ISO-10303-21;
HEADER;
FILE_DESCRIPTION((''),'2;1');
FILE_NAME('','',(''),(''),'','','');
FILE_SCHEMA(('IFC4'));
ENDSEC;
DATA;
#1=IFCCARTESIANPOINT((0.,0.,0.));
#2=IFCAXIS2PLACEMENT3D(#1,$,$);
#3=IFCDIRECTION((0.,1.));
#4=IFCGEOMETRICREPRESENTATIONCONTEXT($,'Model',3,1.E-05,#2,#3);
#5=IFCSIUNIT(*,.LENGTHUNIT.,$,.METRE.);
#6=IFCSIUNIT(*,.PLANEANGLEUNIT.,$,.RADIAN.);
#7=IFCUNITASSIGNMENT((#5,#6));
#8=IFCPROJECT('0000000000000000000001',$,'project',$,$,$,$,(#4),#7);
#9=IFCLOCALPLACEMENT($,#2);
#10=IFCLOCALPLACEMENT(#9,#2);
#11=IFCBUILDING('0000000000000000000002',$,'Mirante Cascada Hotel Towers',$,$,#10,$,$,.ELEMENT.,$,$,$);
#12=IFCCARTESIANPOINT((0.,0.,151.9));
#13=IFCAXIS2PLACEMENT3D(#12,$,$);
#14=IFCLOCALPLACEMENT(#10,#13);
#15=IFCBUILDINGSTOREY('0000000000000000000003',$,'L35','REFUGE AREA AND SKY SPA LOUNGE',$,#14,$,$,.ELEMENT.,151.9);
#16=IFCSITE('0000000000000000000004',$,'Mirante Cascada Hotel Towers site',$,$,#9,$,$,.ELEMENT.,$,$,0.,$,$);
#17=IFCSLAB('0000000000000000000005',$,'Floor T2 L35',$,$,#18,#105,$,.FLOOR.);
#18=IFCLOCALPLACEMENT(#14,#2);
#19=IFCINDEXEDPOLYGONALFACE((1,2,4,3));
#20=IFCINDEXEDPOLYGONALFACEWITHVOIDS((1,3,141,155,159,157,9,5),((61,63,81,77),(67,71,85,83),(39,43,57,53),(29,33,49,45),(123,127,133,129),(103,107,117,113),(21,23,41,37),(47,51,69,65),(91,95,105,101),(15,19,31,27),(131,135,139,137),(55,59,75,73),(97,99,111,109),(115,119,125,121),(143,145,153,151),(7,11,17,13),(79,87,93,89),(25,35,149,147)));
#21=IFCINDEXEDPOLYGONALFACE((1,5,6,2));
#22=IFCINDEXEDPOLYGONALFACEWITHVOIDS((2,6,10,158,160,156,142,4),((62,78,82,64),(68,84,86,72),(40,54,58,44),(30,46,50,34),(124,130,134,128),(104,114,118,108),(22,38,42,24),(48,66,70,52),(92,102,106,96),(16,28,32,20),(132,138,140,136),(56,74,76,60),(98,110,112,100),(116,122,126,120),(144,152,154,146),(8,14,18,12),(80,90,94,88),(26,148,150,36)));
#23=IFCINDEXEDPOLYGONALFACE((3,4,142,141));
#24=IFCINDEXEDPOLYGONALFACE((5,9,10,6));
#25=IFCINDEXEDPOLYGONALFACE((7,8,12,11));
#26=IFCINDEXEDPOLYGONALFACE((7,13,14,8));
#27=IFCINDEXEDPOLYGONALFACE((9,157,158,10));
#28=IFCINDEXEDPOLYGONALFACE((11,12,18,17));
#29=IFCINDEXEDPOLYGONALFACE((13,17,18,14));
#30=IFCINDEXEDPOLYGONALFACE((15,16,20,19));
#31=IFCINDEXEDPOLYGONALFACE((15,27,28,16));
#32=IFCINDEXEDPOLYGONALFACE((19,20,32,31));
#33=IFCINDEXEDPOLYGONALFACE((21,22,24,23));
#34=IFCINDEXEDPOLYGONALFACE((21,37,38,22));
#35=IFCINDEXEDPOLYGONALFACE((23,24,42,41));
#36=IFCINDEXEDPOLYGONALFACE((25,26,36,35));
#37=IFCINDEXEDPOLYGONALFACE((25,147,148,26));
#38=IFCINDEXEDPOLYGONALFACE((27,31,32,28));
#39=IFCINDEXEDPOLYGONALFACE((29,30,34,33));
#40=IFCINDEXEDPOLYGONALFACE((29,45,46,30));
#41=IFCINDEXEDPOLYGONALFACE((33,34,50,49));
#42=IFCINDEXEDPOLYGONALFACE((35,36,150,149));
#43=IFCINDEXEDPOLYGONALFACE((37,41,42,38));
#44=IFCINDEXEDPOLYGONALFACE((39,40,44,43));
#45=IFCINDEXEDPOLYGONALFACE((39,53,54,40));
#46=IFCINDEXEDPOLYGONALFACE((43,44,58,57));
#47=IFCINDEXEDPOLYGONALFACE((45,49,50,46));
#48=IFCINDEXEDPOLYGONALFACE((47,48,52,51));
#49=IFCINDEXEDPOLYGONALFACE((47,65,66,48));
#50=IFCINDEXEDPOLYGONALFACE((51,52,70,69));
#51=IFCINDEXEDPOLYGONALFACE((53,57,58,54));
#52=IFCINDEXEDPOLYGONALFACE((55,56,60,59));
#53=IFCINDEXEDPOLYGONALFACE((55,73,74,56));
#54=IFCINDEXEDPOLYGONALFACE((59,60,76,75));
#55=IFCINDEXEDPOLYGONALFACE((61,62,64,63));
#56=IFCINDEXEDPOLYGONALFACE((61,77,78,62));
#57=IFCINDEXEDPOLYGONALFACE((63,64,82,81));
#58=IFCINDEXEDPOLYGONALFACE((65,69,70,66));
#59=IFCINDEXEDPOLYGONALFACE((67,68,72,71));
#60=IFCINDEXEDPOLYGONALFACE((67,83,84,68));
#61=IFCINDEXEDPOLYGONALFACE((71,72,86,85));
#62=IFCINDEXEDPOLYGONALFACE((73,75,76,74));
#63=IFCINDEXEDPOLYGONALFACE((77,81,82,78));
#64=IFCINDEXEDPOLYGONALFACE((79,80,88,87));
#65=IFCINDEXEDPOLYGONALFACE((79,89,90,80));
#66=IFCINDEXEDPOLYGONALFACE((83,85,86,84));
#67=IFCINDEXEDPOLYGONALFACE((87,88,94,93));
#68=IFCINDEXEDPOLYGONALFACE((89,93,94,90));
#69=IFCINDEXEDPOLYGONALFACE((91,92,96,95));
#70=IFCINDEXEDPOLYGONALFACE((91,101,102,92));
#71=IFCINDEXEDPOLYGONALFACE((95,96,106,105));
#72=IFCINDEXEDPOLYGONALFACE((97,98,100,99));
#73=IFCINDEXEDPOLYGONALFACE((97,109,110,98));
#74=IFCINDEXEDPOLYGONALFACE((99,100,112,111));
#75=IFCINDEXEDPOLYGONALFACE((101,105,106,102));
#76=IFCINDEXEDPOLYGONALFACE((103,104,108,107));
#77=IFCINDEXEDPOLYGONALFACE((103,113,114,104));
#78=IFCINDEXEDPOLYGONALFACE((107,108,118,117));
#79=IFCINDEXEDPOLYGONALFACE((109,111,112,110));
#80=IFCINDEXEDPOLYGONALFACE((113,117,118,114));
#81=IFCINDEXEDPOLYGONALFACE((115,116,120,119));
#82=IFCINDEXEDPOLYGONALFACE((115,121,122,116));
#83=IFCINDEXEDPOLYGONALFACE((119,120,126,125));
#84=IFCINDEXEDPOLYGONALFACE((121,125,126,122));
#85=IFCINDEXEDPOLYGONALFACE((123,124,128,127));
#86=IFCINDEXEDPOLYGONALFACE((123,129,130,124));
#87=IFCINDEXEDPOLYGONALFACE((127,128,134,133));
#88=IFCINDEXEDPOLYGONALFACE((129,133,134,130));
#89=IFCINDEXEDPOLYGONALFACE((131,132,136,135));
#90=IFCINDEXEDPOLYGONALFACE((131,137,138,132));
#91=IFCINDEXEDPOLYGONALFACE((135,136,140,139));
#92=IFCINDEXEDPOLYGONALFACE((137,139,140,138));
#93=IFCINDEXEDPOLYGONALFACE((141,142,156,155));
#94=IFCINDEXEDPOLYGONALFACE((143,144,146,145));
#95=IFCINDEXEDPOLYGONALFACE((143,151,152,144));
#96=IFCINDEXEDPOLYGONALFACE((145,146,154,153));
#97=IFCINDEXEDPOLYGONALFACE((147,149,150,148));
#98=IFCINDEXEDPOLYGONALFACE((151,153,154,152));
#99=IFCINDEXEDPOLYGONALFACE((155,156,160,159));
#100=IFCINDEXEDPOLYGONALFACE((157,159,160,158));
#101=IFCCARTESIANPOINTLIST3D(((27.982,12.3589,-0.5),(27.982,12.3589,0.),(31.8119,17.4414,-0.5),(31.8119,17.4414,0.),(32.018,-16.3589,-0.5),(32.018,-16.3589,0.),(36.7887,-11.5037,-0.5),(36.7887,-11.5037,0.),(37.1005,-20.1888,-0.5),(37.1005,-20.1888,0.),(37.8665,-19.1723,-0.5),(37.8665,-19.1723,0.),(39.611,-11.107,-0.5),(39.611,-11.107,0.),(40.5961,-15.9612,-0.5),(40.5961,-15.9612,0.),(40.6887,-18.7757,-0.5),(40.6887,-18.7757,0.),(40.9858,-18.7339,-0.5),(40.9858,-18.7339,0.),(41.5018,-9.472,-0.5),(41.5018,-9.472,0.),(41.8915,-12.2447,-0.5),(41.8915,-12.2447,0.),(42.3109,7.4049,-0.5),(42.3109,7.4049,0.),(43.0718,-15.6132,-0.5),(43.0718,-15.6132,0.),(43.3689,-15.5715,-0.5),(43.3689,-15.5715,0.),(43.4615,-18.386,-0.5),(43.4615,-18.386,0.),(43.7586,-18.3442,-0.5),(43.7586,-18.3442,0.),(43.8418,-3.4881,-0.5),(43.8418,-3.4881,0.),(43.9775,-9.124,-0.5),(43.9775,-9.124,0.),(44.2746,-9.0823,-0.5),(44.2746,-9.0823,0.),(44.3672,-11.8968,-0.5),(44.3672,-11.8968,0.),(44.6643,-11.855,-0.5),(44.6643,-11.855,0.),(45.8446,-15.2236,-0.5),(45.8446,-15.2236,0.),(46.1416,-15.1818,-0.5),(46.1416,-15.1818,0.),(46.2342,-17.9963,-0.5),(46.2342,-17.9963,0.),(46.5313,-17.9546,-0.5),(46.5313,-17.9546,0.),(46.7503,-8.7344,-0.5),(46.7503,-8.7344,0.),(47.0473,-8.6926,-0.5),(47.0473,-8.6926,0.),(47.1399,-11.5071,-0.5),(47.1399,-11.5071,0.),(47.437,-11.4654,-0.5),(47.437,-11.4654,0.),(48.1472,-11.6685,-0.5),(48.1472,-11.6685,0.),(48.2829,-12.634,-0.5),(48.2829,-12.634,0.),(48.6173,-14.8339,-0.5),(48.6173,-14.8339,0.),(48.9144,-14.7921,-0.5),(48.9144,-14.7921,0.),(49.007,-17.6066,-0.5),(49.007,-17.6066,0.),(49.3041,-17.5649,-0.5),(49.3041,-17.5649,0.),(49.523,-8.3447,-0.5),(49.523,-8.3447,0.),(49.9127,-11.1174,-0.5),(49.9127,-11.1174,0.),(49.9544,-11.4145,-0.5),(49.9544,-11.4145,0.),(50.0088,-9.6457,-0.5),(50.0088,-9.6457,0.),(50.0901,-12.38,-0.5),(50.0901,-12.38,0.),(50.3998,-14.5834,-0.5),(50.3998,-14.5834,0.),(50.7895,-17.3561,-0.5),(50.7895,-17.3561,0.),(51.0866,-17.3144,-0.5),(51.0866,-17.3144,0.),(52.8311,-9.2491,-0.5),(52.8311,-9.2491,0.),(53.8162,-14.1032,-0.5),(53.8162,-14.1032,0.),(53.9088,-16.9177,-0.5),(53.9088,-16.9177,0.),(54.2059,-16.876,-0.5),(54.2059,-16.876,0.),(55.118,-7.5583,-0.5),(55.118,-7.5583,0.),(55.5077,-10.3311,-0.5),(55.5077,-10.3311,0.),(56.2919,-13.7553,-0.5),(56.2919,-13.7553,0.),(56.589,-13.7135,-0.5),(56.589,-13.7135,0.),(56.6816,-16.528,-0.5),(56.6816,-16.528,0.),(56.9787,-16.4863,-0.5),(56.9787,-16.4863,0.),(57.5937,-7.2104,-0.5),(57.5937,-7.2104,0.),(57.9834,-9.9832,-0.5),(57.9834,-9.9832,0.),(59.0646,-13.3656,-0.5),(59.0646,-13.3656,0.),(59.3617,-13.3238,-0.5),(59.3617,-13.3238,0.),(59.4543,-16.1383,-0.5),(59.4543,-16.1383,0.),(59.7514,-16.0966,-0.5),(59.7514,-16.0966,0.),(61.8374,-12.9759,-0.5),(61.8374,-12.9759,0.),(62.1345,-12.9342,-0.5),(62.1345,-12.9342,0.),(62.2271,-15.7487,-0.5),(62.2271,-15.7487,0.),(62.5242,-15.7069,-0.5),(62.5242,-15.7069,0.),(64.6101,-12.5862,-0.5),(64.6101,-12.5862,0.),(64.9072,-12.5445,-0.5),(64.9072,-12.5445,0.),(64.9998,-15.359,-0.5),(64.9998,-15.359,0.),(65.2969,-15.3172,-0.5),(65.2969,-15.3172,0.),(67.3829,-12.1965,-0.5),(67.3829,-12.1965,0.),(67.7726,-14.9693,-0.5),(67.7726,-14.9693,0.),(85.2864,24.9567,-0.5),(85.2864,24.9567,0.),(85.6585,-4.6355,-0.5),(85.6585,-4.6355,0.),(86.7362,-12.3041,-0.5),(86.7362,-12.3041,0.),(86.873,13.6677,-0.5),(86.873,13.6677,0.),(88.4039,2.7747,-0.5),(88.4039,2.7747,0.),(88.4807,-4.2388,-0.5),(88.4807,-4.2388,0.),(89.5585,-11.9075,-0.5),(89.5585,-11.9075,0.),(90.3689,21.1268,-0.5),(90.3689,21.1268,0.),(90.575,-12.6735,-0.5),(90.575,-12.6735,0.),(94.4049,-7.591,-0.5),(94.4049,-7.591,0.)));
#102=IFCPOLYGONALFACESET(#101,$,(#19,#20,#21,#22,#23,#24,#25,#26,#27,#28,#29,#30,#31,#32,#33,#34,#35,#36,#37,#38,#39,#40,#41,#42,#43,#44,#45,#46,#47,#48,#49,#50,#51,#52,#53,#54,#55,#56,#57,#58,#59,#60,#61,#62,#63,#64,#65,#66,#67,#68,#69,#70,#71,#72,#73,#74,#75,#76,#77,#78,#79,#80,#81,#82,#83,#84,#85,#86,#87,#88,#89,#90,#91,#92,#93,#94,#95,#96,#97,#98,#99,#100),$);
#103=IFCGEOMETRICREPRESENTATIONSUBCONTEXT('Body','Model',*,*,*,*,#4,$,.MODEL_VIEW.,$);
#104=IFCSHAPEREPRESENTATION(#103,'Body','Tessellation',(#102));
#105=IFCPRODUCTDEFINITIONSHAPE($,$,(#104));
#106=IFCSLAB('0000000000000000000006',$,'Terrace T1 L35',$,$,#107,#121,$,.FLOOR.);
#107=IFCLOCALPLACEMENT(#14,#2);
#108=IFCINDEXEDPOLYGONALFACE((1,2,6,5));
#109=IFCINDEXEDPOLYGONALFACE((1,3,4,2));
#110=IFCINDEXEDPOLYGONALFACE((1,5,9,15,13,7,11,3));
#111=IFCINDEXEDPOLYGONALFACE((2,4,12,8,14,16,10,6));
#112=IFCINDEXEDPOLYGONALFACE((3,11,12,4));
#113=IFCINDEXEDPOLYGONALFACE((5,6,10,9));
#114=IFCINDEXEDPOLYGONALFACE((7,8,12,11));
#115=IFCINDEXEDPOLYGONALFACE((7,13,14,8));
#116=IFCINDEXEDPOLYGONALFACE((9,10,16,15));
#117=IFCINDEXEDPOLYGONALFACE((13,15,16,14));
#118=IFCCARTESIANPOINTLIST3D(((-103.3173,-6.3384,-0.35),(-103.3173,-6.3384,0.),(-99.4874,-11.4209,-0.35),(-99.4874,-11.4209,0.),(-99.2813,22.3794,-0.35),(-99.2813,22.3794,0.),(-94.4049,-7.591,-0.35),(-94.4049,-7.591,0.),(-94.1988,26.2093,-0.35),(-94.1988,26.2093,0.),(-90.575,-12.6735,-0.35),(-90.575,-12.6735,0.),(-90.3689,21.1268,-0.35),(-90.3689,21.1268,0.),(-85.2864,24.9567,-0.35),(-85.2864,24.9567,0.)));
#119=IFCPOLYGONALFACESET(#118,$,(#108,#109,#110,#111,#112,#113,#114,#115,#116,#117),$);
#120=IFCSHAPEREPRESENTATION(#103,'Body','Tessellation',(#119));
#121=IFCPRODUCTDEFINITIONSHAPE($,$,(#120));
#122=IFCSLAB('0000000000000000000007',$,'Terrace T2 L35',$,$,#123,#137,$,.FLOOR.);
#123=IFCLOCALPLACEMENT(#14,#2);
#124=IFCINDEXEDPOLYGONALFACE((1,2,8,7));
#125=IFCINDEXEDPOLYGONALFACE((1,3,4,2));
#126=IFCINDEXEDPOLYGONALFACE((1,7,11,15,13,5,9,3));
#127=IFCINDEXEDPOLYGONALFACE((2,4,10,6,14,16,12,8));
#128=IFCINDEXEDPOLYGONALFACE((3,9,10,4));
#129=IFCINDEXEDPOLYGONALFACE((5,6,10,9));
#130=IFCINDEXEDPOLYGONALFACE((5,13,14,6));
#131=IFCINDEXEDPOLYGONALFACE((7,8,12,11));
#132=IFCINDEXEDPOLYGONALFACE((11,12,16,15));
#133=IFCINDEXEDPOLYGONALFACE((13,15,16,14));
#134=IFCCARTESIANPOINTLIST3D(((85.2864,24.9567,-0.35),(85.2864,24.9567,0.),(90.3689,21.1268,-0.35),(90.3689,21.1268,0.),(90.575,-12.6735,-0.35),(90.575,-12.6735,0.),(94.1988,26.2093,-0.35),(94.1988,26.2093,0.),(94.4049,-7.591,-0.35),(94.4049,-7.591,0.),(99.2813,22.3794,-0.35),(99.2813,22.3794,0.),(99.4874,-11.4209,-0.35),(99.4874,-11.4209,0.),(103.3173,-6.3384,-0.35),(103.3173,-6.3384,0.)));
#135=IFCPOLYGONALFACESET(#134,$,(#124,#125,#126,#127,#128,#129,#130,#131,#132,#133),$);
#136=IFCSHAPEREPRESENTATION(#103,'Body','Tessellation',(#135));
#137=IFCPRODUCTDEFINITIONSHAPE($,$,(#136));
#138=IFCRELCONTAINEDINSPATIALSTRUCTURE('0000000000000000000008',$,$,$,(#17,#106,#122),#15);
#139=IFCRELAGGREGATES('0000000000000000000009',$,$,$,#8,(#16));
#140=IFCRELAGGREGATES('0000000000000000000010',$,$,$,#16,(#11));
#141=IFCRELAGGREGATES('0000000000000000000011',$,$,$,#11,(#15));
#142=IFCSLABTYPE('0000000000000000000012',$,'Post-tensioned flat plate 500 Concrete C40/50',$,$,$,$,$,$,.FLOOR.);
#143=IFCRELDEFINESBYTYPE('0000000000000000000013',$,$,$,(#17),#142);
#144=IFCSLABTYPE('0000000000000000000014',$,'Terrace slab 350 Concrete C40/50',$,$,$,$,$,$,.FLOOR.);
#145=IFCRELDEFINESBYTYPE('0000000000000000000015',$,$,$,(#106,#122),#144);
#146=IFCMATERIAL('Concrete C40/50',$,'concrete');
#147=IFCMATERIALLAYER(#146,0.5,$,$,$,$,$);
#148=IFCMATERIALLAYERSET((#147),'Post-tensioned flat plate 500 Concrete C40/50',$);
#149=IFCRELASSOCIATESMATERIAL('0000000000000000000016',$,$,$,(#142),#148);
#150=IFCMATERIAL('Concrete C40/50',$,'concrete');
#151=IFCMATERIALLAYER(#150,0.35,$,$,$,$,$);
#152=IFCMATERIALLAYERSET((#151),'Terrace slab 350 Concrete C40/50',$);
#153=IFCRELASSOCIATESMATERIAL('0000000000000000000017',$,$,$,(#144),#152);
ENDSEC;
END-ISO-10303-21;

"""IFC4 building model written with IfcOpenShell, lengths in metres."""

from ifc_helpers import new_model, si_unit, direction, frame, origin, place, context, subcontext, project, spatial, polyline, outline, extrude, material, layer, layer_set, type_object, element, save


model = new_model("IFC4")

# Units and contexts
model_context = context("Model", 3, precision=1e-05, world=origin(), true_north=direction((0.0, 1.0)))
body_context = subcontext(model_context, "Body", "Model", "MODEL_VIEW")
ifc_project = project(units=[si_unit("LENGTHUNIT", "METRE"), si_unit("PLANEANGLEUNIT", "RADIAN")], contexts=[model_context])

# Site, building, storey
site_placement = place(None, origin())
site = spatial("IfcSite", under=ifc_project, at=site_placement, Name="Mirante Cascada Hotel Towers site", CompositionType="ELEMENT", RefElevation=0.0)
building_placement = place(site_placement, origin())
building = spatial("IfcBuilding", under=site, at=building_placement, Name="Mirante Cascada Hotel Towers", CompositionType="ELEMENT")
storey_placement = place(building_placement, frame((0.0, 0.0, 151.9)))
storey = spatial("IfcBuildingStorey", under=building, at=storey_placement, Name="L35", Description="REFUGE AREA AND SKY SPA LOUNGE", CompositionType="ELEMENT", Elevation=151.9)

# Slabs
ifc_material_1 = material(Name="Concrete C40/50", Category="concrete")
ifc_layer_1 = layer(ifc_material_1, 0.5)
ifc_layer_set_1 = layer_set([ifc_layer_1], Name="Post-tensioned flat plate 500 Concrete C40/50")
slab_type_1 = type_object("IfcSlabType", Name="Post-tensioned flat plate 500 Concrete C40/50", PredefinedType="FLOOR", material=ifc_layer_set_1)
slab_1_placement = place(storey_placement, frame((0.0, 0.0, -0.5)))
element("IfcSlab", 1, at=slab_1_placement, inside=storey, type_object=slab_type_1, Name="Floor T2 L35", PredefinedType="FLOOR", context=body_context, shape_type="SweptSolid", body=[
    extrude(outline(polyline([(32.018, -16.3589), (27.982, 12.3589), (31.8119, 17.4414), (85.2864, 24.9567), (85.2864, 24.9567), (85.2864, 24.9567), (85.2864, 24.9567), (85.2864, 24.9567), (85.2864, 24.9567), (85.2864, 24.9567), (85.2864, 24.9567), (85.2864, 24.9567), (90.3689, 21.1268), (94.4049, -7.591), (90.575, -12.6735), (90.575, -12.6735), (90.575, -12.6735), (90.575, -12.6735), (90.575, -12.6735), (90.575, -12.6735), (90.575, -12.6735), (90.575, -12.6735), (90.575, -12.6735), (37.1005, -20.1888), (32.018, -16.3589)]), holes=[polyline([(43.0718, -15.6132), (40.5961, -15.9612), (40.9858, -18.7339), (43.4615, -18.386), (43.0718, -15.6132)]), polyline([(45.8446, -15.2236), (43.3689, -15.5715), (43.7586, -18.3442), (46.2342, -17.9963), (45.8446, -15.2236)]), polyline([(48.6173, -14.8339), (46.1416, -15.1818), (46.5313, -17.9546), (49.007, -17.6066), (48.6173, -14.8339)]), polyline([(50.3998, -14.5834), (48.9144, -14.7921), (49.3041, -17.5649), (50.7895, -17.3561), (50.3998, -14.5834)]), polyline([(37.8665, -19.1723), (40.6887, -18.7757), (39.611, -11.107), (36.7887, -11.5037), (37.8665, -19.1723)]), polyline([(49.9544, -11.4145), (48.1472, -11.6685), (48.2829, -12.634), (50.0901, -12.38), (49.9544, -11.4145)]), polyline([(43.9775, -9.124), (41.5018, -9.472), (41.8915, -12.2447), (44.3672, -11.8968), (43.9775, -9.124)]), polyline([(47.1399, -11.5071), (46.7503, -8.7344), (44.2746, -9.0823), (44.6643, -11.855), (47.1399, -11.5071)]), polyline([(49.9127, -11.1174), (49.523, -8.3447), (47.0473, -8.6926), (47.437, -11.4654), (49.9127, -11.1174)]), polyline([(56.2919, -13.7553), (53.8162, -14.1032), (54.2059, -16.876), (56.6816, -16.528), (56.2919, -13.7553)]), polyline([(59.0646, -13.3656), (56.589, -13.7135), (56.9787, -16.4863), (59.4543, -16.1383), (59.0646, -13.3656)]), polyline([(61.8374, -12.9759), (59.3617, -13.3238), (59.7514, -16.0966), (62.2271, -15.7487), (61.8374, -12.9759)]), polyline([(64.6101, -12.5862), (62.1345, -12.9342), (62.5242, -15.7069), (64.9998, -15.359), (64.6101, -12.5862)]), polyline([(67.3829, -12.1965), (64.9072, -12.5445), (65.2969, -15.3172), (67.7726, -14.9693), (67.3829, -12.1965)]), polyline([(51.0866, -17.3144), (53.9088, -16.9177), (52.8311, -9.2491), (50.0088, -9.6457), (51.0866, -17.3144)]), polyline([(86.7362, -12.3041), (89.5585, -11.9075), (88.4807, -4.2388), (85.6585, -4.6355), (86.7362, -12.3041)]), polyline([(57.9834, -9.9832), (57.5937, -7.2104), (55.118, -7.5583), (55.5077, -10.3311), (57.9834, -9.9832)]), polyline([(88.4039, 2.7747), (86.873, 13.6677), (42.3109, 7.4049), (43.8418, -3.4881), (88.4039, 2.7747)])]), origin(), (0.0, 0.0, 1.0), 0.5),
])
ifc_material_2 = material(Name="Concrete C40/50", Category="concrete")
ifc_layer_2 = layer(ifc_material_2, 0.35)
ifc_layer_set_2 = layer_set([ifc_layer_2], Name="Terrace slab 350 Concrete C40/50")
slab_type_2 = type_object("IfcSlabType", Name="Terrace slab 350 Concrete C40/50", PredefinedType="FLOOR", material=ifc_layer_set_2)
slab_2_placement = place(storey_placement, frame((0.0, 0.0, -0.35)))
element("IfcSlab", 2, at=slab_2_placement, inside=storey, type_object=slab_type_2, Name="Terrace T1 L35", PredefinedType="FLOOR", context=body_context, shape_type="SweptSolid", body=[
    extrude(outline(polyline([(-94.1988, 26.2093), (-99.2813, 22.3794), (-103.3173, -6.3384), (-99.4874, -11.4209), (-90.575, -12.6735), (-94.4049, -7.591), (-90.3689, 21.1268), (-85.2864, 24.9567), (-94.1988, 26.2093)])), origin(), (0.0, 0.0, 1.0), 0.35),
])
slab_3_placement = place(storey_placement, frame((0.0, 0.0, -0.35)))
element("IfcSlab", 3, at=slab_3_placement, inside=storey, type_object=slab_type_2, Name="Terrace T2 L35", PredefinedType="FLOOR", context=body_context, shape_type="SweptSolid", body=[
    extrude(outline(polyline([(94.1988, 26.2093), (99.2813, 22.3794), (103.3173, -6.3384), (99.4874, -11.4209), (90.575, -12.6735), (94.4049, -7.591), (90.3689, 21.1268), (85.2864, 24.9567), (94.1988, 26.2093)])), origin(), (0.0, 0.0, 1.0), 0.35),
])

save(model, "model.ifc")
